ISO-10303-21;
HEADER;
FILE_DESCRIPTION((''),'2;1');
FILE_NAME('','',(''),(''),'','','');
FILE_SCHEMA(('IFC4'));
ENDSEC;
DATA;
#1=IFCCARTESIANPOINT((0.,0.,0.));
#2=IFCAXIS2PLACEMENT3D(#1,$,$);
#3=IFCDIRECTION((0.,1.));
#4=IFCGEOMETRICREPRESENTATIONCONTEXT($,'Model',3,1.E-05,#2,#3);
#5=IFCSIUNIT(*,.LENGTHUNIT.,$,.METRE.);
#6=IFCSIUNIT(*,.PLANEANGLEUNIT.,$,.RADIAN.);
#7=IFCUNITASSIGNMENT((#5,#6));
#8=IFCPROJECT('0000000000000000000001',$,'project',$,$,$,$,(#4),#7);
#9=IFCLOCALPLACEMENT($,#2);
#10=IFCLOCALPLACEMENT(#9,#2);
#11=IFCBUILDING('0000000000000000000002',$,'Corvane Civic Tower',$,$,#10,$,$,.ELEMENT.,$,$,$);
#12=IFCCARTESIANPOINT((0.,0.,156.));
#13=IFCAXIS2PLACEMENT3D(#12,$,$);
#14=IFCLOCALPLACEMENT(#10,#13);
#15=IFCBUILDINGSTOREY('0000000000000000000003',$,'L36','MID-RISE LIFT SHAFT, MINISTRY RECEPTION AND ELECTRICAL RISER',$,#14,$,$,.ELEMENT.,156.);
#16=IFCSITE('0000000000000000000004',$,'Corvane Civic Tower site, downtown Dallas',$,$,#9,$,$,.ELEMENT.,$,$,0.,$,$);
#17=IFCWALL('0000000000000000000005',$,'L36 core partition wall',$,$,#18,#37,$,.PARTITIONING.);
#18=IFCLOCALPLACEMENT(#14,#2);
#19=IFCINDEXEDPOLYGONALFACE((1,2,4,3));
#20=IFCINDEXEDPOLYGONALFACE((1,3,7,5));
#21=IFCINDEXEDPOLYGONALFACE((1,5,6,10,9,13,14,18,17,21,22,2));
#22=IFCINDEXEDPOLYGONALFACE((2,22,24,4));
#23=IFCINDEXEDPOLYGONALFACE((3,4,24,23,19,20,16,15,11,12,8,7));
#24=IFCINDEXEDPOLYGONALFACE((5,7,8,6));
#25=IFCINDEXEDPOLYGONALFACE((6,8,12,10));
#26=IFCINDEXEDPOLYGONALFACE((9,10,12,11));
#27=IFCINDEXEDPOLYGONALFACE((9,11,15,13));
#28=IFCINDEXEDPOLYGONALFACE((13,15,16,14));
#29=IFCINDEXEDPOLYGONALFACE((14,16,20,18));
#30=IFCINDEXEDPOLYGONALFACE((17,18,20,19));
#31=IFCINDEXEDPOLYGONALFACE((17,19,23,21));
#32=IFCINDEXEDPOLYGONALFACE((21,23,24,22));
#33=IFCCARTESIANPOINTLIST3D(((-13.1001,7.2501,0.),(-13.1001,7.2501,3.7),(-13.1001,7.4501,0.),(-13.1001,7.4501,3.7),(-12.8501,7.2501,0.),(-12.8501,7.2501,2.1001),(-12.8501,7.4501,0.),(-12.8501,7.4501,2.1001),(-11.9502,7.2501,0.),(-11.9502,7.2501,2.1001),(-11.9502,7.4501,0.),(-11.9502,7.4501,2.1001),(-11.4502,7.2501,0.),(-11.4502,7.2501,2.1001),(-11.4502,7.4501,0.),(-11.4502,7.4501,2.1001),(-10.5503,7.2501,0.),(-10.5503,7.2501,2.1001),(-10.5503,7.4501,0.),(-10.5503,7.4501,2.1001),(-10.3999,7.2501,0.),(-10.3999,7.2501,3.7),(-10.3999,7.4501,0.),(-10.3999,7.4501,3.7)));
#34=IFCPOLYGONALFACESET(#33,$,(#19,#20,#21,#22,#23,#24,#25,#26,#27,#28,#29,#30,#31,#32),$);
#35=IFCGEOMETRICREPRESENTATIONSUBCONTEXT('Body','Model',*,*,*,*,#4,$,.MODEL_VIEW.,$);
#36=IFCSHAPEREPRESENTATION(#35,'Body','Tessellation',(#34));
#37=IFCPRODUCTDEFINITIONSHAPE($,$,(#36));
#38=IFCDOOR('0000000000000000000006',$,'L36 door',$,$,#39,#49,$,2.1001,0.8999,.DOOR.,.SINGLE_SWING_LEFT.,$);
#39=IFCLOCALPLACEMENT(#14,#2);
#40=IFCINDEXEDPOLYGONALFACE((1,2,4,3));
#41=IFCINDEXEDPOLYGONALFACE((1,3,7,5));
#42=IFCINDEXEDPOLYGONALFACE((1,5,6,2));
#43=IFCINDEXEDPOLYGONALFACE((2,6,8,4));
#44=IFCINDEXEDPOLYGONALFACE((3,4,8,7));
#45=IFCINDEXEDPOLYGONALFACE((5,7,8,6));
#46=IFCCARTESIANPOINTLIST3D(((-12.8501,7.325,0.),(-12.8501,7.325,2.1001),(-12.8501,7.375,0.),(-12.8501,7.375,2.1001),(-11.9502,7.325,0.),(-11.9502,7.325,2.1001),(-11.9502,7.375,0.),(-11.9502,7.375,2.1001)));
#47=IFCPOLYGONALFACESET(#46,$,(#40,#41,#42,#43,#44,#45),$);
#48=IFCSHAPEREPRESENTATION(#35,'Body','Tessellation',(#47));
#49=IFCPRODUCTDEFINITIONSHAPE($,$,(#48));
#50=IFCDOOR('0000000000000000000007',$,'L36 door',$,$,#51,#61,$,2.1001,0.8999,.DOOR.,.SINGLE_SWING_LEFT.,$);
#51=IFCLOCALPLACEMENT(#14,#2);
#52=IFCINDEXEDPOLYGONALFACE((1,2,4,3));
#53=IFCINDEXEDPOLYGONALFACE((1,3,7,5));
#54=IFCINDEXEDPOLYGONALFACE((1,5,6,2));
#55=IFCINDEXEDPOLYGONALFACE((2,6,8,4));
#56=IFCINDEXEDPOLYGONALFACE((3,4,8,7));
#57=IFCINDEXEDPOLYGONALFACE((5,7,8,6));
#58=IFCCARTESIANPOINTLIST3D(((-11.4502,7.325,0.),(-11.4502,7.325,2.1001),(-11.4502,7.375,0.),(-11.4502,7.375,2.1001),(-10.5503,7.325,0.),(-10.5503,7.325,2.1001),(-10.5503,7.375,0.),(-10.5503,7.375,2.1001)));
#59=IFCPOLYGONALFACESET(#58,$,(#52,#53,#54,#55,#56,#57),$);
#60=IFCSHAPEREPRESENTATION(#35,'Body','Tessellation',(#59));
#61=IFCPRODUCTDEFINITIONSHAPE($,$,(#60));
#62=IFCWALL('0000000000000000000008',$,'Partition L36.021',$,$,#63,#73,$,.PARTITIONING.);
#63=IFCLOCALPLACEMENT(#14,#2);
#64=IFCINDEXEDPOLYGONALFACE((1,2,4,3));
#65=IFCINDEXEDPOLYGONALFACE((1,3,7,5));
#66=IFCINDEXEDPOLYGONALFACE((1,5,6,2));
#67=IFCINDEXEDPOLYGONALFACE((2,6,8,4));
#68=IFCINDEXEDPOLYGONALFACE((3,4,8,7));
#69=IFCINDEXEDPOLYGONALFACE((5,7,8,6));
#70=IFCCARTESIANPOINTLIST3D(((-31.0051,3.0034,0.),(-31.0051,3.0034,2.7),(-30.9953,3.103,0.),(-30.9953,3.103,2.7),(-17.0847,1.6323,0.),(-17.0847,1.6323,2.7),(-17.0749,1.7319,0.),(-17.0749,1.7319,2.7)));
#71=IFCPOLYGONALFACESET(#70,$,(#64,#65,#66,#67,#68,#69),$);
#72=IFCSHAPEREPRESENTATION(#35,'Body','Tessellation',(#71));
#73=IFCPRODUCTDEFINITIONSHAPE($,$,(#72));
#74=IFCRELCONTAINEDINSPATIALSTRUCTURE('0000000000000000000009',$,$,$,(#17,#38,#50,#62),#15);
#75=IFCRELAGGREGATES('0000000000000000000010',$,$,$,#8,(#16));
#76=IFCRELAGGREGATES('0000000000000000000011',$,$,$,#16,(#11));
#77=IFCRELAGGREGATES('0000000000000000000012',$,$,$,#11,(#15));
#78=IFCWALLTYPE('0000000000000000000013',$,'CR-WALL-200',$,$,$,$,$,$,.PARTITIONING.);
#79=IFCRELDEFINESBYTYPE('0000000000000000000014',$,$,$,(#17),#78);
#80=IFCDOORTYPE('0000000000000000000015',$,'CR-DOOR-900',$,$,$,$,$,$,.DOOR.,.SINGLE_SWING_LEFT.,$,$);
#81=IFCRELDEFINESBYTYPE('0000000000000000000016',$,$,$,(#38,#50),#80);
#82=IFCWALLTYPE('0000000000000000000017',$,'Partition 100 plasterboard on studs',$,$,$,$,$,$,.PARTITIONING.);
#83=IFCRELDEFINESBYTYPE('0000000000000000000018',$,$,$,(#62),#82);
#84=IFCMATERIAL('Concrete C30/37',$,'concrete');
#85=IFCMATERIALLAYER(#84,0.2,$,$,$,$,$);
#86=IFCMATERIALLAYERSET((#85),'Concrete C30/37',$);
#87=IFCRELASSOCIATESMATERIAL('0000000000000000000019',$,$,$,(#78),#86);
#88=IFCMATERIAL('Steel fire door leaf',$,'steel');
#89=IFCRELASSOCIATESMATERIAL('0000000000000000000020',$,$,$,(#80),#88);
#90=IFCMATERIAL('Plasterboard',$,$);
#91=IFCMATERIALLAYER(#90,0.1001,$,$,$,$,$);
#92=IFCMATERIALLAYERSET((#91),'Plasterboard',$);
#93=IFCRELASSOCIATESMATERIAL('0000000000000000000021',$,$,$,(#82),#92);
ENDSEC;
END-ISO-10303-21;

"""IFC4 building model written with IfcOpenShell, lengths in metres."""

from ifc_helpers import new_model, si_unit, direction, frame, frame_2d, origin, place, context, subcontext, project, spatial, rectangle, extrude, material, layer, layer_set, type_object, element, fill, save


model = new_model("IFC4")

# Units and contexts
model_context = context("Model", 3, precision=1e-05, world=origin(), true_north=direction((0.0, 1.0)))
body_context = subcontext(model_context, "Body", "Model", "MODEL_VIEW")
ifc_project = project(units=[si_unit("LENGTHUNIT", "METRE"), si_unit("PLANEANGLEUNIT", "RADIAN")], contexts=[model_context])

# Site, building, storey
site_placement = place(None, origin())
site = spatial("IfcSite", under=ifc_project, at=site_placement, Name="Corvane Civic Tower site, downtown Dallas", CompositionType="ELEMENT", RefElevation=0.0)
building_placement = place(site_placement, origin())
building = spatial("IfcBuilding", under=site, at=building_placement, Name="Corvane Civic Tower", CompositionType="ELEMENT")
storey_placement = place(building_placement, frame((0.0, 0.0, 156.0)))
storey = spatial("IfcBuildingStorey", under=building, at=storey_placement, Name="L36", Description="MID-RISE LIFT SHAFT, MINISTRY RECEPTION AND ELECTRICAL RISER", CompositionType="ELEMENT", Elevation=156.0)

# Wall, openings, doors
ifc_material_1 = material(Name="Concrete C30/37", Category="concrete")
ifc_layer_1 = layer(ifc_material_1, 0.2)
ifc_layer_set_1 = layer_set([ifc_layer_1], Name="Concrete C30/37")
wall_type_1 = type_object("IfcWallType", Name="CR-WALL-200", PredefinedType="PARTITIONING", material=ifc_layer_set_1)
ifc_material_2 = material(Name="Steel fire door leaf", Category="steel")
door_type_1 = type_object("IfcDoorType", Name="CR-DOOR-900", OperationType="SINGLE_SWING_LEFT", PredefinedType="DOOR", material=ifc_material_2)
wall_1_placement = place(storey_placement, frame((-13.1001, 7.3501, 0.0), z_axis=(0.0, 0.0, 1.0), x_axis=(1.0, 0.0, 0.0)))
wall_1 = element("IfcWall", 1, at=wall_1_placement, inside=storey, type_object=wall_type_1, Name="L36 core partition wall", PredefinedType="PARTITIONING", context=body_context, shape_type="SweptSolid", body=[
    extrude(rectangle(XDim=2.7002, YDim=0.2, at=frame_2d((1.3501, 0.0))), origin(), (0.0, 0.0, 1.0), 3.7),
])
opening_1_placement = place(wall_1_placement, frame((0.25, 0.0, 0.0)))
opening_1 = element("IfcOpeningElement", 2, at=opening_1_placement, cuts=wall_1, PredefinedType="OPENING", context=body_context, shape_type="SweptSolid", body=[
    extrude(rectangle(XDim=0.8999, YDim=2.1001, at=frame_2d((0.45, 1.05))), frame((0.0, 0.1099, 0.0), z_axis=(0.0, -1.0, 0.0), x_axis=(1.0, 0.0, 0.0)), (0.0, 0.0, 1.0), 0.22),
])
opening_2_placement = place(wall_1_placement, frame((1.6499, 0.0, 0.0)))
opening_2 = element("IfcOpeningElement", 3, at=opening_2_placement, cuts=wall_1, PredefinedType="OPENING", context=body_context, shape_type="SweptSolid", body=[
    extrude(rectangle(XDim=0.8999, YDim=2.1001, at=frame_2d((0.45, 1.05))), frame((0.0, 0.1099, 0.0), z_axis=(0.0, -1.0, 0.0), x_axis=(1.0, 0.0, 0.0)), (0.0, 0.0, 1.0), 0.22),
])
door_1_placement = place(opening_1_placement, origin())
door_1 = element("IfcDoor", 4, at=door_1_placement, inside=storey, type_object=door_type_1, Name="L36 door", OperationType="SINGLE_SWING_LEFT", OverallHeight=2.1001, OverallWidth=0.8999, PredefinedType="DOOR", context=body_context, shape_type="SweptSolid", body=[
    extrude(rectangle(XDim=0.8999, YDim=2.1001, at=frame_2d((0.45, 1.05))), frame((0.0, 0.0249, 0.0), z_axis=(0.0, -1.0, 0.0), x_axis=(1.0, 0.0, 0.0)), (0.0, 0.0, 1.0), 0.05),
])
fill(opening_1, door_1)
door_2_placement = place(opening_2_placement, origin())
door_2 = element("IfcDoor", 5, at=door_2_placement, inside=storey, type_object=door_type_1, Name="L36 door", OperationType="SINGLE_SWING_LEFT", OverallHeight=2.1001, OverallWidth=0.8999, PredefinedType="DOOR", context=body_context, shape_type="SweptSolid", body=[
    extrude(rectangle(XDim=0.8999, YDim=2.1001, at=frame_2d((0.45, 1.05))), frame((0.0, 0.0249, 0.0), z_axis=(0.0, -1.0, 0.0), x_axis=(1.0, 0.0, 0.0)), (0.0, 0.0, 1.0), 0.05),
])
fill(opening_2, door_2)

# Wall
ifc_material_3 = material(Name="Plasterboard")
ifc_layer_2 = layer(ifc_material_3, 0.1001)
ifc_layer_set_2 = layer_set([ifc_layer_2], Name="Plasterboard")
wall_type_2 = type_object("IfcWallType", Name="Partition 100 plasterboard on studs", PredefinedType="PARTITIONING", material=ifc_layer_set_2)
wall_2_placement = place(storey_placement, frame((-31.0002, 3.0532, 0.0), z_axis=(0.0, 0.0, 1.0), x_axis=(0.995184, -0.098021, 0.0)))
element("IfcWall", 6, at=wall_2_placement, inside=storey, type_object=wall_type_2, Name="Partition L36.021", PredefinedType="PARTITIONING", context=body_context, shape_type="SweptSolid", body=[
    extrude(rectangle(XDim=13.9878, YDim=0.1001, at=frame_2d((6.9939, 0.0))), origin(), (0.0, 0.0, 1.0), 2.7),
])

save(model, "model.ifc")
